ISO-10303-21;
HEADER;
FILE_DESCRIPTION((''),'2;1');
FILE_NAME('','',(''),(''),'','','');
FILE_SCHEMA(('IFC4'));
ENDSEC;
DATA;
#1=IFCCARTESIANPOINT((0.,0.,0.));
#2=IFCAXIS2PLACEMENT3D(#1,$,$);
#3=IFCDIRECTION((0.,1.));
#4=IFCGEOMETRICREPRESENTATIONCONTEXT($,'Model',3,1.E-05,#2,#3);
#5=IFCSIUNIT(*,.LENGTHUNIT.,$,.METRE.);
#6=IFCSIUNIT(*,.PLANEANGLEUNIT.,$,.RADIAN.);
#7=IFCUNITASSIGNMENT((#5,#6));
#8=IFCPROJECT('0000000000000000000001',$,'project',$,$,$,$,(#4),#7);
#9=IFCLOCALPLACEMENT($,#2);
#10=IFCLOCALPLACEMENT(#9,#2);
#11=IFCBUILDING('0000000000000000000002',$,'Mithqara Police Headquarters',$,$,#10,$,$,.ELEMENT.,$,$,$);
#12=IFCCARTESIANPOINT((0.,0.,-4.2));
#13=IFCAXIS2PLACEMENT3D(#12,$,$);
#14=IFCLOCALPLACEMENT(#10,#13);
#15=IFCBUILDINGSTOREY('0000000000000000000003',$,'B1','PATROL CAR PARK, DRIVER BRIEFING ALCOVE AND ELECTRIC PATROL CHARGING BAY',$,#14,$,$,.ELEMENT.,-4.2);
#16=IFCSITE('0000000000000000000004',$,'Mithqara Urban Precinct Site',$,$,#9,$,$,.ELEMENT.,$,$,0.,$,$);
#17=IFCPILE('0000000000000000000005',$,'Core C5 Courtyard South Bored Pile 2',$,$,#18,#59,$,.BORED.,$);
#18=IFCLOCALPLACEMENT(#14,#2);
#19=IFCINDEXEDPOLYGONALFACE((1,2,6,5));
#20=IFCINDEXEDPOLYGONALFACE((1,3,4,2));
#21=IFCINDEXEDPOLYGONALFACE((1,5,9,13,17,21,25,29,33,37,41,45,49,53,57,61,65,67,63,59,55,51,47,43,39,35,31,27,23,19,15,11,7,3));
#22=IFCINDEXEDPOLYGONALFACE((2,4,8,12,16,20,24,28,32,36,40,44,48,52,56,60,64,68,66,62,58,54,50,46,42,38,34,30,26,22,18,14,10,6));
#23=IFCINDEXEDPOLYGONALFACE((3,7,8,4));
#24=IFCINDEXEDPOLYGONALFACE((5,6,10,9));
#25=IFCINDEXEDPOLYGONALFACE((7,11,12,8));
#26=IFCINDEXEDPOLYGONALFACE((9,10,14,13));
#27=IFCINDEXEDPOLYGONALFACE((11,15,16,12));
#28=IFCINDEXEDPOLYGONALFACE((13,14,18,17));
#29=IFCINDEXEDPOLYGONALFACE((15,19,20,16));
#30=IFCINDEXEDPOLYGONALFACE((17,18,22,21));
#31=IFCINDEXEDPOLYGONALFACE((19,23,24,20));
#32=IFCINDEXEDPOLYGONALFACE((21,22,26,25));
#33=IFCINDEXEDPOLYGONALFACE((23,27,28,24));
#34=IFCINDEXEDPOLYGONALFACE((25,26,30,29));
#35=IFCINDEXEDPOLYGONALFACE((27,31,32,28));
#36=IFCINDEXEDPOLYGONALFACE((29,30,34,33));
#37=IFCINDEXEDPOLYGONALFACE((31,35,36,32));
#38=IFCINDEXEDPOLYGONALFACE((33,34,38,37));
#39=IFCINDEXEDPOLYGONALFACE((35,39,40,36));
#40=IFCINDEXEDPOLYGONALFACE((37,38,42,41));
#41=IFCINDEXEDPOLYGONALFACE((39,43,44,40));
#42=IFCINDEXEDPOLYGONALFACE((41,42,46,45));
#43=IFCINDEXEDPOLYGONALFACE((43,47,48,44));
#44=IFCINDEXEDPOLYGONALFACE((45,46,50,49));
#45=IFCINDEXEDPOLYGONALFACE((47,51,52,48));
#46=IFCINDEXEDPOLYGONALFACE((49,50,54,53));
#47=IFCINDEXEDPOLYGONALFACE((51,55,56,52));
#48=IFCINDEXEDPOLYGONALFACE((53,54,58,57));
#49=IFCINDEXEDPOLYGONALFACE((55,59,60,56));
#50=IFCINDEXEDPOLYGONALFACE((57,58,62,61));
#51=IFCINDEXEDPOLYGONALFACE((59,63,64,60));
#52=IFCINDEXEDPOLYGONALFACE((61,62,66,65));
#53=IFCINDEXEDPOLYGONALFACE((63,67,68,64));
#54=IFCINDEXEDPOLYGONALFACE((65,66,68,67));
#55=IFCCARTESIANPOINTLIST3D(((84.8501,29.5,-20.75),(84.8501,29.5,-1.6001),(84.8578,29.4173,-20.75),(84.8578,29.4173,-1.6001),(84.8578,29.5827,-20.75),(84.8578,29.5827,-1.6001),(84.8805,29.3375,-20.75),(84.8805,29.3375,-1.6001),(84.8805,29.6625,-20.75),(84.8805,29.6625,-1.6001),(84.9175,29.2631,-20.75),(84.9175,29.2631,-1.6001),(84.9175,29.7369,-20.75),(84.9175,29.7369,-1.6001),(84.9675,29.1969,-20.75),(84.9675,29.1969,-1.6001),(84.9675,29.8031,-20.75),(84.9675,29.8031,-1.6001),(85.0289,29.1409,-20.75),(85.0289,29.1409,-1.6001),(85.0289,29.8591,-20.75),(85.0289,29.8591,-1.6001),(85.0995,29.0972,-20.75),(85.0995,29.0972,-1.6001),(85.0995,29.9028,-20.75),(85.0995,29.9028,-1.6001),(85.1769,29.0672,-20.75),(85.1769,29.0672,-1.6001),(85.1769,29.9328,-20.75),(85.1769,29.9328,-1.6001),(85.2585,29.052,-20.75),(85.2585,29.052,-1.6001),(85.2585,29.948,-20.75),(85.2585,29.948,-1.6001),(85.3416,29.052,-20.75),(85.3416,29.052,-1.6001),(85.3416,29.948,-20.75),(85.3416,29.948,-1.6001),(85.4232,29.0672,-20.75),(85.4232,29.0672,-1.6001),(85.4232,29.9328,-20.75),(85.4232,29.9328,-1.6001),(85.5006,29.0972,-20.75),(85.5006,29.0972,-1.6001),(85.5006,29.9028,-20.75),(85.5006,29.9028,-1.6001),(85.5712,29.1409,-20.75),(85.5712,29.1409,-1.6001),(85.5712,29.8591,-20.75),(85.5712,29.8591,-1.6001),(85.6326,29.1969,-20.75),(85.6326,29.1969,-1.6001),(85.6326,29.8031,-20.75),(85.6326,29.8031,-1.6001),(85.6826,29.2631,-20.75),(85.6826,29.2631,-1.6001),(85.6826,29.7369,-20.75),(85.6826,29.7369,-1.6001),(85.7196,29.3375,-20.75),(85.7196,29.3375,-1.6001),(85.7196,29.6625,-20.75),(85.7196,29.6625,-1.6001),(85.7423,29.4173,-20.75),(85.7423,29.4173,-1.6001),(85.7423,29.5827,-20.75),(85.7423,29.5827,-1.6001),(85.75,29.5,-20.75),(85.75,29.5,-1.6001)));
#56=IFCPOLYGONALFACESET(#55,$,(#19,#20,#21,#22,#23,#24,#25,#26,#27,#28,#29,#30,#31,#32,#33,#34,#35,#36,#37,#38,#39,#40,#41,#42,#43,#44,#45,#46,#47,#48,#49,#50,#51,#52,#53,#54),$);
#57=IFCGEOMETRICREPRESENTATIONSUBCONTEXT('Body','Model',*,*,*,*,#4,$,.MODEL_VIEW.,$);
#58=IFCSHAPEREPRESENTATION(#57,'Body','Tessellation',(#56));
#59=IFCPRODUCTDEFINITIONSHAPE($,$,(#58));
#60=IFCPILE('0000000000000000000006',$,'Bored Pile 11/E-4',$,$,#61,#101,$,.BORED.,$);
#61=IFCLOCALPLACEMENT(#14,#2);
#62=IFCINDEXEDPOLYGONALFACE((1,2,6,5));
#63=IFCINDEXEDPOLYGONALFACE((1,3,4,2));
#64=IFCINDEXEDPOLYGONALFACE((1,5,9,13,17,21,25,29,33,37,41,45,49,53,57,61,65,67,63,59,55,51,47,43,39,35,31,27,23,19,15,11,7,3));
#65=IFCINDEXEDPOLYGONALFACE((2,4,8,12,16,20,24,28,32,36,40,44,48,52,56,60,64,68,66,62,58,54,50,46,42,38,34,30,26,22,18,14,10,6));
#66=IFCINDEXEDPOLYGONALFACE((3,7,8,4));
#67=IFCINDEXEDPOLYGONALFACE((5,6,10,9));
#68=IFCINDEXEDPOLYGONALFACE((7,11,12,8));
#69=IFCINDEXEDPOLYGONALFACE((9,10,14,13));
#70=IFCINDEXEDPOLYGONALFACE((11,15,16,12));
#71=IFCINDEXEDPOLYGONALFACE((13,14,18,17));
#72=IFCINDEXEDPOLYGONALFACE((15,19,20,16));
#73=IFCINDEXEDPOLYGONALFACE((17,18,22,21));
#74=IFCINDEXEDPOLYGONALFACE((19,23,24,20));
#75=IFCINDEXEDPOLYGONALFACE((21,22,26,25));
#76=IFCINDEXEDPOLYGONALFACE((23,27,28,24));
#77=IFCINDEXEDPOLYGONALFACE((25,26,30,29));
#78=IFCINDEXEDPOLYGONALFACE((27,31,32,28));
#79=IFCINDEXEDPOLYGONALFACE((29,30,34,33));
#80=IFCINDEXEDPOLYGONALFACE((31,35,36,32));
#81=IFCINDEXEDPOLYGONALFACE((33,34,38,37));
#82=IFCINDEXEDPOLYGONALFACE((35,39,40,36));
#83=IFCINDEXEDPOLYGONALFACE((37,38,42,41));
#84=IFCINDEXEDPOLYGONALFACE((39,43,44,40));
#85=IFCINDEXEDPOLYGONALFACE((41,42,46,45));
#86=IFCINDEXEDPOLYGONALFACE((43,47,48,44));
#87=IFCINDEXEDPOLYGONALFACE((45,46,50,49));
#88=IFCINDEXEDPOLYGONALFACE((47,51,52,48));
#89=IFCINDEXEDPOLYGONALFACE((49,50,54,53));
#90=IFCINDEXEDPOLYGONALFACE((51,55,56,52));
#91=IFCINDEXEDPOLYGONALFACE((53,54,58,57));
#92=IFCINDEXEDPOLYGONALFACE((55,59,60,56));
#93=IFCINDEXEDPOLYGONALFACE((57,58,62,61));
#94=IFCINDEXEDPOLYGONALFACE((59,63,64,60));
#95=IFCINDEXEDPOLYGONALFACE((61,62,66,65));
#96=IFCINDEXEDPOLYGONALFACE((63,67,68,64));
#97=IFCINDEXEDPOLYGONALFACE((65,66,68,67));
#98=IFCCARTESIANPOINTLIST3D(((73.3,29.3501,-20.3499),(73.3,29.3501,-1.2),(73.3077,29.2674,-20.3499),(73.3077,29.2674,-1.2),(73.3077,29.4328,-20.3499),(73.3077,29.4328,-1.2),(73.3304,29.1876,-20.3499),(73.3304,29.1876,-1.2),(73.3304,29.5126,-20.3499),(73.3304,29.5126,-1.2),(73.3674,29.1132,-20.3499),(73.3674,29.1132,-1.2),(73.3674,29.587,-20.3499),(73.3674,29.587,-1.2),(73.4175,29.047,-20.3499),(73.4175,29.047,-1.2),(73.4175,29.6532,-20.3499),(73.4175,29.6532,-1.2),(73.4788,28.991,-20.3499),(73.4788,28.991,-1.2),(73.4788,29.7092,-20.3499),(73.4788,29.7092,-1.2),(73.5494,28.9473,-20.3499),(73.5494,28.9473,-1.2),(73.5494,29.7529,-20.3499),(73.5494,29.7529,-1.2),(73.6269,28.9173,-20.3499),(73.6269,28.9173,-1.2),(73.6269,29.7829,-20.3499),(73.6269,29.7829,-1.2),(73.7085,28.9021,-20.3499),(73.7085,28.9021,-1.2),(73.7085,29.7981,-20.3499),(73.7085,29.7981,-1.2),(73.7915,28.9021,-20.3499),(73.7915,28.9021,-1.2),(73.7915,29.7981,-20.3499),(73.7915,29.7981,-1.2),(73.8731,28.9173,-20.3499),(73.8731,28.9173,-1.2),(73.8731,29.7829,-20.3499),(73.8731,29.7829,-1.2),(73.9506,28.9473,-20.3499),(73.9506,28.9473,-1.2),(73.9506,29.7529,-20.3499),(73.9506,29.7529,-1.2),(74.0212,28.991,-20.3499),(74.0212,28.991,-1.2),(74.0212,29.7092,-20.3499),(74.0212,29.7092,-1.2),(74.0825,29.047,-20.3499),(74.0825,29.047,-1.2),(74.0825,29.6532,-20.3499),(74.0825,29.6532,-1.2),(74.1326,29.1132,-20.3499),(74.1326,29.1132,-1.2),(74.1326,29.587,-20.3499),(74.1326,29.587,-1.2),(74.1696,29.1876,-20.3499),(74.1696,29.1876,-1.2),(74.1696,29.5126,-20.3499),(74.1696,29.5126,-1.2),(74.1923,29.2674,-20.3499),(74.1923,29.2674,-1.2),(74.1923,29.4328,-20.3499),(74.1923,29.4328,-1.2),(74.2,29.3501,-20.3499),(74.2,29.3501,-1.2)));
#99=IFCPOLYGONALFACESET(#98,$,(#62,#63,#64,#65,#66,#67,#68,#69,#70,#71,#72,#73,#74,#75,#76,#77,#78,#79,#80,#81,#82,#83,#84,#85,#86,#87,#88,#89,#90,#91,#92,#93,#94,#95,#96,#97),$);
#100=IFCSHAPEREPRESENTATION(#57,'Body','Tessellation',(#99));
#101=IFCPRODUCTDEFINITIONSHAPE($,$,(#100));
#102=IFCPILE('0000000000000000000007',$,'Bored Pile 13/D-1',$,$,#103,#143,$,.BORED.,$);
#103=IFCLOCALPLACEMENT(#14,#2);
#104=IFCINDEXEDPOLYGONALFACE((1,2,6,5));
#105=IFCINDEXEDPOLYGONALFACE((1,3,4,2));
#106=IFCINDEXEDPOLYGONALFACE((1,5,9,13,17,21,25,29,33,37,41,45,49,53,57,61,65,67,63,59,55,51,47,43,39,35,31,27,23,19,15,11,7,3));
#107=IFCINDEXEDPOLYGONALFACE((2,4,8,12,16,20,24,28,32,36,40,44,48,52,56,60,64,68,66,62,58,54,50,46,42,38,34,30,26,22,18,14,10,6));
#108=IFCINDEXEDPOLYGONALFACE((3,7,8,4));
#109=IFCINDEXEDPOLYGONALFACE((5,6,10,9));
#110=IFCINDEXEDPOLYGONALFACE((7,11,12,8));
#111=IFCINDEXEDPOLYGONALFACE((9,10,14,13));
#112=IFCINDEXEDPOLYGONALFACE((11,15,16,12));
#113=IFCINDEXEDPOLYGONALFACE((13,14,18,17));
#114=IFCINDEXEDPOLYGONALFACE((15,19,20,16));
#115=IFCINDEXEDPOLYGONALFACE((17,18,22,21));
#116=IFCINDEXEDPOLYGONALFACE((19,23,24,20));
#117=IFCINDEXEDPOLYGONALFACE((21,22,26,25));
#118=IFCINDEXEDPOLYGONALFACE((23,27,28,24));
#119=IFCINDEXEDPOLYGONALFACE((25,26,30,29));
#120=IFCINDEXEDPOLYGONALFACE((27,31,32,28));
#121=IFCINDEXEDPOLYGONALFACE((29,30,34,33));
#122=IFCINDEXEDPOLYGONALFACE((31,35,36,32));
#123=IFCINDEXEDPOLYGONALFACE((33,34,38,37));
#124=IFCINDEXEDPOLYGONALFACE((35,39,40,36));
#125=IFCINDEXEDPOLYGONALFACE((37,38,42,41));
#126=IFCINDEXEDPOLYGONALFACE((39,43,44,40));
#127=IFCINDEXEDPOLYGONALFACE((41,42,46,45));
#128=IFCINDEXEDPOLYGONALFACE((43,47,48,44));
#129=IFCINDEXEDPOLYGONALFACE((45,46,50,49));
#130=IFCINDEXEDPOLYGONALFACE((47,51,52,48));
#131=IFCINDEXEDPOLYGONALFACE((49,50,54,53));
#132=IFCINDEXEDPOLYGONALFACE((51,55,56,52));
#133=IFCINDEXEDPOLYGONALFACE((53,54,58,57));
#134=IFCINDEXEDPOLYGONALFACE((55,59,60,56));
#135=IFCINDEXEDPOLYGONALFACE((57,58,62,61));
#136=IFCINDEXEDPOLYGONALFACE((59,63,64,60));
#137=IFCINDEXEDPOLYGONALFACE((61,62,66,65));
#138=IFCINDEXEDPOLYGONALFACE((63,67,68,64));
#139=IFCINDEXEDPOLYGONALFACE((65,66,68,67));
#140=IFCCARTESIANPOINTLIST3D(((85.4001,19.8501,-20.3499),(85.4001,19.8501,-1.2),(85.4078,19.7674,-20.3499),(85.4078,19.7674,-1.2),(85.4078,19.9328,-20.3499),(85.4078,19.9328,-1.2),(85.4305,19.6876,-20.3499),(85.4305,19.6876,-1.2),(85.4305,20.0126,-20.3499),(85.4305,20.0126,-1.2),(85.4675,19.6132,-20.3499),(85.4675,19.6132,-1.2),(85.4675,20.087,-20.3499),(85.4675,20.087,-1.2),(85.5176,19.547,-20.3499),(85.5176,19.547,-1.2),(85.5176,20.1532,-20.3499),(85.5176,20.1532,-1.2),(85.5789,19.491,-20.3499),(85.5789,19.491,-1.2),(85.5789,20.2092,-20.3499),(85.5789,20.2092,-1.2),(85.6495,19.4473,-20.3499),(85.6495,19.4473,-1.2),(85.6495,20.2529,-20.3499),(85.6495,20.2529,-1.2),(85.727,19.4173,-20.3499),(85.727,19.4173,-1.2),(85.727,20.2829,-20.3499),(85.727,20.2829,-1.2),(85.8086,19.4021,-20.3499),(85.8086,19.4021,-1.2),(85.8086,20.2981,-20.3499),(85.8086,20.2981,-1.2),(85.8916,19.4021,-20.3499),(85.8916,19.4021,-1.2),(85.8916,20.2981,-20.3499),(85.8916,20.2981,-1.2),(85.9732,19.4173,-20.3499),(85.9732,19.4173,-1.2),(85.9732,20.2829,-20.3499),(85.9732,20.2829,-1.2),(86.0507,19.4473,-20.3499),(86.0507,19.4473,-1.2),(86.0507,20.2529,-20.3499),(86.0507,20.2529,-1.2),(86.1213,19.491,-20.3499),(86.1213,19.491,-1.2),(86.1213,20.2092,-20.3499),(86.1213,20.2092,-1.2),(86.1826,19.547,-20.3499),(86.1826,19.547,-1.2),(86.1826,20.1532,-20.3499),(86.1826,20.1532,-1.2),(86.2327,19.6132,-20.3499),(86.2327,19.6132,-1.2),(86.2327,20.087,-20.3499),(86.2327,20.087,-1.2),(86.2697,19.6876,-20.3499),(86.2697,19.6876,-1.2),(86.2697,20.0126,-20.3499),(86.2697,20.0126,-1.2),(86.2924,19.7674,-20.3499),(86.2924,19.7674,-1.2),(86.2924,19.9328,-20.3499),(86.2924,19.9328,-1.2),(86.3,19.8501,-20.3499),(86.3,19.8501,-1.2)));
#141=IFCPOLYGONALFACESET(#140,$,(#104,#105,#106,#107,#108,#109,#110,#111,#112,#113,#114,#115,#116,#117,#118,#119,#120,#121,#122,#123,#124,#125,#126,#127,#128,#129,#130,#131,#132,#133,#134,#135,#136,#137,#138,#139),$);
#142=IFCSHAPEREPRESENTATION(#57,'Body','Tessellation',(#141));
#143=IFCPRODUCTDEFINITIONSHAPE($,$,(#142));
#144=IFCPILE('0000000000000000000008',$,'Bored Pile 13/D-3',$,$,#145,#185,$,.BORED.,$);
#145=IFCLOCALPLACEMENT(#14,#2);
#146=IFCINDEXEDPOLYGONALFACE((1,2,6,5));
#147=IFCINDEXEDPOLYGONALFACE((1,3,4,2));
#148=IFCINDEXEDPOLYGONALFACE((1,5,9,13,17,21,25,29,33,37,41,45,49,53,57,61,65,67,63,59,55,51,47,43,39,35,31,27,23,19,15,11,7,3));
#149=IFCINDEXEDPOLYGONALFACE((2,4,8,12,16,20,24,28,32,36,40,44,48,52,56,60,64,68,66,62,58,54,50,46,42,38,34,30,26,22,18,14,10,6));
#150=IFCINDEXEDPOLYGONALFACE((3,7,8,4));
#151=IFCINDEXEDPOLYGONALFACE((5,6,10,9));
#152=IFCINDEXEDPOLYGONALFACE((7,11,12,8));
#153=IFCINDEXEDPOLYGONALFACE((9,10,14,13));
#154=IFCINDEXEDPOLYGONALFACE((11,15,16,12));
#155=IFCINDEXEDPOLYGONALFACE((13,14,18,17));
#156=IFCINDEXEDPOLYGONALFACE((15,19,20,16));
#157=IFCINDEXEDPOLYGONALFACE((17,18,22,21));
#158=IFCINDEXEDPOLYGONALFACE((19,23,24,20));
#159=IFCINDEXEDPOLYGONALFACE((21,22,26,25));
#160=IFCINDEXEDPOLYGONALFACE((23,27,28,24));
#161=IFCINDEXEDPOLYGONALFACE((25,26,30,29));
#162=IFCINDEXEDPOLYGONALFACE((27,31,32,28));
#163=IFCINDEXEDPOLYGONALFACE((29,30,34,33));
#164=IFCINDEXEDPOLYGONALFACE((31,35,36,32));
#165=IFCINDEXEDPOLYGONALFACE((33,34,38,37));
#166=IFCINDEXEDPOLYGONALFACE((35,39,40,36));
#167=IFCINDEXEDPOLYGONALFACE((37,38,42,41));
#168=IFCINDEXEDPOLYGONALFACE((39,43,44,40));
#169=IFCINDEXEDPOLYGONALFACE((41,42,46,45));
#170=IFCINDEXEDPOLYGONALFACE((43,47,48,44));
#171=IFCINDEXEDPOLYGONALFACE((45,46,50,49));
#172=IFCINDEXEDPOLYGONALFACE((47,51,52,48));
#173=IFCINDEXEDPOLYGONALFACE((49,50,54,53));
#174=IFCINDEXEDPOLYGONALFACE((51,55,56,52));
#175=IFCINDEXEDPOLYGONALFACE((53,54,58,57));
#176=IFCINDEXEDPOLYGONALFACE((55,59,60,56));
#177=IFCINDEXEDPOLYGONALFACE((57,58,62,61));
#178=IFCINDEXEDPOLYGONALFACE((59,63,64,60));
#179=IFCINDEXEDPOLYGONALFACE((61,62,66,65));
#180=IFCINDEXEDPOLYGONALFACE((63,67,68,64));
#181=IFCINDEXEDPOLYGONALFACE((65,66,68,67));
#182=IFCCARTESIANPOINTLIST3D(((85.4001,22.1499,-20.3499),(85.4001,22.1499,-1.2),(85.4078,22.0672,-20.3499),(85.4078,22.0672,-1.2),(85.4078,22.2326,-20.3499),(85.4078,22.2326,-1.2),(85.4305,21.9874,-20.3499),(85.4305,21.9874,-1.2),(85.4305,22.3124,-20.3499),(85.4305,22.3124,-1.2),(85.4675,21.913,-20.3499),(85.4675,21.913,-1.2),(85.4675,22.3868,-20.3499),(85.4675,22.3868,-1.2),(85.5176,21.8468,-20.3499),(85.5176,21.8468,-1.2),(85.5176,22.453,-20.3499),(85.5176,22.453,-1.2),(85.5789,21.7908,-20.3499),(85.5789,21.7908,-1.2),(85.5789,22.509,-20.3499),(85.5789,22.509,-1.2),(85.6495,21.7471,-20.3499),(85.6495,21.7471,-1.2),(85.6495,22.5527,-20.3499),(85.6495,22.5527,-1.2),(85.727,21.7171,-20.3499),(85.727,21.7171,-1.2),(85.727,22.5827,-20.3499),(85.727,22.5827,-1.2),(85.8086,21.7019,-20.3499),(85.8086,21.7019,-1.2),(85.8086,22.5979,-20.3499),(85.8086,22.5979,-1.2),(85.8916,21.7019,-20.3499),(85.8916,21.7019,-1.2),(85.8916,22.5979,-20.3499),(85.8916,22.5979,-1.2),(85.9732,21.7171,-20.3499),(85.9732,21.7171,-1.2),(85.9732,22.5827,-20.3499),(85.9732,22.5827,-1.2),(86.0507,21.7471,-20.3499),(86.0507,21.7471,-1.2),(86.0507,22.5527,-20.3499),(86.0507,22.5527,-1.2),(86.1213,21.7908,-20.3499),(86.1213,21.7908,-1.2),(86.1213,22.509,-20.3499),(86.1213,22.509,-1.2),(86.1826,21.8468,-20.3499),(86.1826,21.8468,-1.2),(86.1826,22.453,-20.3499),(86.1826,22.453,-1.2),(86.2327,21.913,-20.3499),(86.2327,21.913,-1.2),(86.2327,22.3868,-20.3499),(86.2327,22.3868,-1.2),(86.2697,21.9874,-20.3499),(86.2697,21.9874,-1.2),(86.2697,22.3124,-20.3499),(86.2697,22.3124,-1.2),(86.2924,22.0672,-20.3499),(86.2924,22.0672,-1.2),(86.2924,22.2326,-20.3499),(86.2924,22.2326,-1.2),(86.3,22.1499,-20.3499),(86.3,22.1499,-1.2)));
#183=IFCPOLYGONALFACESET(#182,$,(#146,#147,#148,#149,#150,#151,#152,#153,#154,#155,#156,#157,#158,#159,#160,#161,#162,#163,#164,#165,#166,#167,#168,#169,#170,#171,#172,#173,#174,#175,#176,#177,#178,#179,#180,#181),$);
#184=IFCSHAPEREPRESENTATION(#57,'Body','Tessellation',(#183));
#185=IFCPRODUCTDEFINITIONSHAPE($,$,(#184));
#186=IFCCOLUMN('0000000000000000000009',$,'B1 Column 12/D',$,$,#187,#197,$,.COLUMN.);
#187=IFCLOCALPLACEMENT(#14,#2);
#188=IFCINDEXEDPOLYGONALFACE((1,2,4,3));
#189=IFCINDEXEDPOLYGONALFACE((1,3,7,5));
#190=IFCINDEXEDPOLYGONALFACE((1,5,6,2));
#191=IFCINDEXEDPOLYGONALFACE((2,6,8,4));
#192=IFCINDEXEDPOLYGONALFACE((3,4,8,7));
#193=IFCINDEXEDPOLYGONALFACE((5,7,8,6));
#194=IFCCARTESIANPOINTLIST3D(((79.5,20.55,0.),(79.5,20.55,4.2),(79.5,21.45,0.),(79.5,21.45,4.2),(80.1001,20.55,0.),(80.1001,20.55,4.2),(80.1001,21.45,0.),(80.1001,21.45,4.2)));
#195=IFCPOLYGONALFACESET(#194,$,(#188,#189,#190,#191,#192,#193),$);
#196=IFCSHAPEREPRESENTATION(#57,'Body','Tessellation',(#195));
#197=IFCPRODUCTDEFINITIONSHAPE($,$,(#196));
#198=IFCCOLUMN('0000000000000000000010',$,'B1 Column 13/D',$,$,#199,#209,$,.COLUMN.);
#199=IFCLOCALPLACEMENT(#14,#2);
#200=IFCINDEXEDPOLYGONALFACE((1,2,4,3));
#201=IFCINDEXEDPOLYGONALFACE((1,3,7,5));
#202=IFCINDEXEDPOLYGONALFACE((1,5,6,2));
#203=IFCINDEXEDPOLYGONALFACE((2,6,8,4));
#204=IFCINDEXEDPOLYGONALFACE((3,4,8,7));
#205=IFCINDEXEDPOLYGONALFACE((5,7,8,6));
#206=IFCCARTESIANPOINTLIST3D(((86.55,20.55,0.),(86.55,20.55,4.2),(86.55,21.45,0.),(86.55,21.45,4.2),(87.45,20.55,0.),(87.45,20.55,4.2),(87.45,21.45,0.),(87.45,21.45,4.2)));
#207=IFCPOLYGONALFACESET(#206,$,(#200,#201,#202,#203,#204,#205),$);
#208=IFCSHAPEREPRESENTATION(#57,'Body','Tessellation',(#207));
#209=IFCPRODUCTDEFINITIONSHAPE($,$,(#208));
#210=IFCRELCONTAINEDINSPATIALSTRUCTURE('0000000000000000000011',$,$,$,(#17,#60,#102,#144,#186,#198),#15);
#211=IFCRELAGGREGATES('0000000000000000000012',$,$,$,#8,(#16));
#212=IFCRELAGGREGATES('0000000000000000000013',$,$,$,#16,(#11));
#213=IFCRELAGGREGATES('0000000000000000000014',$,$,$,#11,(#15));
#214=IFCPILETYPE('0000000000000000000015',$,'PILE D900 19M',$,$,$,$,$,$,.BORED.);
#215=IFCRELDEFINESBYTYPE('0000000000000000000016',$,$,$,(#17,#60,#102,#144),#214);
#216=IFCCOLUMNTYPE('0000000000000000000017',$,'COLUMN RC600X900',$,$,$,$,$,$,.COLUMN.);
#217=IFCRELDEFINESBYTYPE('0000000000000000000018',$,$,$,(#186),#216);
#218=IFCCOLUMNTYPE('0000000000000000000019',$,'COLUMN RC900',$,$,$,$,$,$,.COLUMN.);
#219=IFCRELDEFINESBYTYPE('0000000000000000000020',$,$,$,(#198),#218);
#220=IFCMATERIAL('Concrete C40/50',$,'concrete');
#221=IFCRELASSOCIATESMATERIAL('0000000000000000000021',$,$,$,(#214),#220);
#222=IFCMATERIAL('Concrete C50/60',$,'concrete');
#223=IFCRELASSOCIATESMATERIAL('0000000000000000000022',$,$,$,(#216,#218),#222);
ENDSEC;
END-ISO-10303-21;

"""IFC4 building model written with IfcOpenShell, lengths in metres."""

from ifc_helpers import new_model, si_unit, direction, frame, origin, origin_2d, place, context, subcontext, project, spatial, rectangle, circle, extrude, material, material_profile, profile_set, type_object, element, save


model = new_model("IFC4")

# Units and contexts
model_context = context("Model", 3, precision=1e-05, world=origin(), true_north=direction((0.0, 1.0)))
body_context = subcontext(model_context, "Body", "Model", "MODEL_VIEW")
ifc_project = project(units=[si_unit("LENGTHUNIT", "METRE"), si_unit("PLANEANGLEUNIT", "RADIAN")], contexts=[model_context])

# Site, building, storey
site_placement = place(None, origin())
site = spatial("IfcSite", under=ifc_project, at=site_placement, Name="Mithqara Urban Precinct Site", CompositionType="ELEMENT", RefElevation=0.0)
building_placement = place(site_placement, origin())
building = spatial("IfcBuilding", under=site, at=building_placement, Name="Mithqara Police Headquarters", CompositionType="ELEMENT")
storey_placement = place(building_placement, frame((0.0, 0.0, -4.2)))
storey = spatial("IfcBuildingStorey", under=building, at=storey_placement, Name="B1", Description="PATROL CAR PARK, DRIVER BRIEFING ALCOVE AND ELECTRIC PATROL CHARGING BAY", CompositionType="ELEMENT", Elevation=-4.2)

# Shared definitions
ifc_material_1 = material(Name="Concrete C40/50", Category="concrete")

# Piles
ifc_material_profile_1 = material_profile(ifc_material_1, circle(Radius=0.45, at=origin_2d()), Name="PILE D900")
ifc_profile_set_1 = profile_set([ifc_material_profile_1], Name="Concrete C40/50")
pile_type_1 = type_object("IfcPileType", Name="PILE D900 19M", PredefinedType="BORED", material=ifc_profile_set_1)
for number, where, z_axis, x_axis, name in (
    (1, (85.3, 29.5, -1.6001), (0.0, 0.0, -1.0), (1.0, 0.0, 0.0), "Core C5 Courtyard South Bored Pile 2"),
    (2, (73.75, 29.3501, -1.2), (0.0, 0.0, -1.0), (1.0, 0.0, 0.0), "Bored Pile 11/E-4"),
    (3, (85.8501, 19.8501, -1.2), (0.0, 0.0, -1.0), (1.0, 0.0, 0.0), "Bored Pile 13/D-1"),
    (4, (85.8501, 22.1499, -1.2), (0.0, 0.0, -1.0), (1.0, 0.0, 0.0), "Bored Pile 13/D-3"),
):
    element("IfcPile", number, at=place(storey_placement, frame(where, z_axis=z_axis, x_axis=x_axis)), inside=storey, type_object=pile_type_1, Name=name, PredefinedType="BORED", context=body_context, shape_type="SweptSolid", body=[
        extrude(circle(Radius=0.45, at=origin_2d()), origin(), (0.0, 0.0, 1.0), 19.1499),
    ])

# Columns
ifc_material_2 = material(Name="Concrete C50/60", Category="concrete")
ifc_material_profile_2 = material_profile(ifc_material_2, rectangle(XDim=0.6001, YDim=0.8999, at=origin_2d()), Name="RC 600x900")
ifc_profile_set_2 = profile_set([ifc_material_profile_2], Name="Concrete C50/60")
column_type_1 = type_object("IfcColumnType", Name="COLUMN RC600X900", PredefinedType="COLUMN", material=ifc_profile_set_2)
column_1_placement = place(storey_placement, frame((79.8, 21.0, 0.0), z_axis=(0.0, 0.0, 1.0), x_axis=(1.0, 0.0, 0.0)))
element("IfcColumn", 5, at=column_1_placement, inside=storey, type_object=column_type_1, Name="B1 Column 12/D", PredefinedType="COLUMN", context=body_context, shape_type="SweptSolid", body=[
    extrude(rectangle(XDim=0.6001, YDim=0.8999, at=origin_2d()), origin(), (0.0, 0.0, 1.0), 4.2),
])
ifc_material_profile_3 = material_profile(ifc_material_2, rectangle(XDim=0.8999, YDim=0.8999, at=origin_2d()), Name="RC 900x900")
ifc_profile_set_3 = profile_set([ifc_material_profile_3], Name="Concrete C50/60")
column_type_2 = type_object("IfcColumnType", Name="COLUMN RC900", PredefinedType="COLUMN", material=ifc_profile_set_3)
column_2_placement = place(storey_placement, frame((87.0, 21.0, 0.0), z_axis=(0.0, 0.0, 1.0), x_axis=(1.0, 0.0, 0.0)))
element("IfcColumn", 6, at=column_2_placement, inside=storey, type_object=column_type_2, Name="B1 Column 13/D", PredefinedType="COLUMN", context=body_context, shape_type="SweptSolid", body=[
    extrude(rectangle(XDim=0.8999, YDim=0.8999, at=origin_2d()), origin(), (0.0, 0.0, 1.0), 4.2),
])

save(model, "model.ifc")
